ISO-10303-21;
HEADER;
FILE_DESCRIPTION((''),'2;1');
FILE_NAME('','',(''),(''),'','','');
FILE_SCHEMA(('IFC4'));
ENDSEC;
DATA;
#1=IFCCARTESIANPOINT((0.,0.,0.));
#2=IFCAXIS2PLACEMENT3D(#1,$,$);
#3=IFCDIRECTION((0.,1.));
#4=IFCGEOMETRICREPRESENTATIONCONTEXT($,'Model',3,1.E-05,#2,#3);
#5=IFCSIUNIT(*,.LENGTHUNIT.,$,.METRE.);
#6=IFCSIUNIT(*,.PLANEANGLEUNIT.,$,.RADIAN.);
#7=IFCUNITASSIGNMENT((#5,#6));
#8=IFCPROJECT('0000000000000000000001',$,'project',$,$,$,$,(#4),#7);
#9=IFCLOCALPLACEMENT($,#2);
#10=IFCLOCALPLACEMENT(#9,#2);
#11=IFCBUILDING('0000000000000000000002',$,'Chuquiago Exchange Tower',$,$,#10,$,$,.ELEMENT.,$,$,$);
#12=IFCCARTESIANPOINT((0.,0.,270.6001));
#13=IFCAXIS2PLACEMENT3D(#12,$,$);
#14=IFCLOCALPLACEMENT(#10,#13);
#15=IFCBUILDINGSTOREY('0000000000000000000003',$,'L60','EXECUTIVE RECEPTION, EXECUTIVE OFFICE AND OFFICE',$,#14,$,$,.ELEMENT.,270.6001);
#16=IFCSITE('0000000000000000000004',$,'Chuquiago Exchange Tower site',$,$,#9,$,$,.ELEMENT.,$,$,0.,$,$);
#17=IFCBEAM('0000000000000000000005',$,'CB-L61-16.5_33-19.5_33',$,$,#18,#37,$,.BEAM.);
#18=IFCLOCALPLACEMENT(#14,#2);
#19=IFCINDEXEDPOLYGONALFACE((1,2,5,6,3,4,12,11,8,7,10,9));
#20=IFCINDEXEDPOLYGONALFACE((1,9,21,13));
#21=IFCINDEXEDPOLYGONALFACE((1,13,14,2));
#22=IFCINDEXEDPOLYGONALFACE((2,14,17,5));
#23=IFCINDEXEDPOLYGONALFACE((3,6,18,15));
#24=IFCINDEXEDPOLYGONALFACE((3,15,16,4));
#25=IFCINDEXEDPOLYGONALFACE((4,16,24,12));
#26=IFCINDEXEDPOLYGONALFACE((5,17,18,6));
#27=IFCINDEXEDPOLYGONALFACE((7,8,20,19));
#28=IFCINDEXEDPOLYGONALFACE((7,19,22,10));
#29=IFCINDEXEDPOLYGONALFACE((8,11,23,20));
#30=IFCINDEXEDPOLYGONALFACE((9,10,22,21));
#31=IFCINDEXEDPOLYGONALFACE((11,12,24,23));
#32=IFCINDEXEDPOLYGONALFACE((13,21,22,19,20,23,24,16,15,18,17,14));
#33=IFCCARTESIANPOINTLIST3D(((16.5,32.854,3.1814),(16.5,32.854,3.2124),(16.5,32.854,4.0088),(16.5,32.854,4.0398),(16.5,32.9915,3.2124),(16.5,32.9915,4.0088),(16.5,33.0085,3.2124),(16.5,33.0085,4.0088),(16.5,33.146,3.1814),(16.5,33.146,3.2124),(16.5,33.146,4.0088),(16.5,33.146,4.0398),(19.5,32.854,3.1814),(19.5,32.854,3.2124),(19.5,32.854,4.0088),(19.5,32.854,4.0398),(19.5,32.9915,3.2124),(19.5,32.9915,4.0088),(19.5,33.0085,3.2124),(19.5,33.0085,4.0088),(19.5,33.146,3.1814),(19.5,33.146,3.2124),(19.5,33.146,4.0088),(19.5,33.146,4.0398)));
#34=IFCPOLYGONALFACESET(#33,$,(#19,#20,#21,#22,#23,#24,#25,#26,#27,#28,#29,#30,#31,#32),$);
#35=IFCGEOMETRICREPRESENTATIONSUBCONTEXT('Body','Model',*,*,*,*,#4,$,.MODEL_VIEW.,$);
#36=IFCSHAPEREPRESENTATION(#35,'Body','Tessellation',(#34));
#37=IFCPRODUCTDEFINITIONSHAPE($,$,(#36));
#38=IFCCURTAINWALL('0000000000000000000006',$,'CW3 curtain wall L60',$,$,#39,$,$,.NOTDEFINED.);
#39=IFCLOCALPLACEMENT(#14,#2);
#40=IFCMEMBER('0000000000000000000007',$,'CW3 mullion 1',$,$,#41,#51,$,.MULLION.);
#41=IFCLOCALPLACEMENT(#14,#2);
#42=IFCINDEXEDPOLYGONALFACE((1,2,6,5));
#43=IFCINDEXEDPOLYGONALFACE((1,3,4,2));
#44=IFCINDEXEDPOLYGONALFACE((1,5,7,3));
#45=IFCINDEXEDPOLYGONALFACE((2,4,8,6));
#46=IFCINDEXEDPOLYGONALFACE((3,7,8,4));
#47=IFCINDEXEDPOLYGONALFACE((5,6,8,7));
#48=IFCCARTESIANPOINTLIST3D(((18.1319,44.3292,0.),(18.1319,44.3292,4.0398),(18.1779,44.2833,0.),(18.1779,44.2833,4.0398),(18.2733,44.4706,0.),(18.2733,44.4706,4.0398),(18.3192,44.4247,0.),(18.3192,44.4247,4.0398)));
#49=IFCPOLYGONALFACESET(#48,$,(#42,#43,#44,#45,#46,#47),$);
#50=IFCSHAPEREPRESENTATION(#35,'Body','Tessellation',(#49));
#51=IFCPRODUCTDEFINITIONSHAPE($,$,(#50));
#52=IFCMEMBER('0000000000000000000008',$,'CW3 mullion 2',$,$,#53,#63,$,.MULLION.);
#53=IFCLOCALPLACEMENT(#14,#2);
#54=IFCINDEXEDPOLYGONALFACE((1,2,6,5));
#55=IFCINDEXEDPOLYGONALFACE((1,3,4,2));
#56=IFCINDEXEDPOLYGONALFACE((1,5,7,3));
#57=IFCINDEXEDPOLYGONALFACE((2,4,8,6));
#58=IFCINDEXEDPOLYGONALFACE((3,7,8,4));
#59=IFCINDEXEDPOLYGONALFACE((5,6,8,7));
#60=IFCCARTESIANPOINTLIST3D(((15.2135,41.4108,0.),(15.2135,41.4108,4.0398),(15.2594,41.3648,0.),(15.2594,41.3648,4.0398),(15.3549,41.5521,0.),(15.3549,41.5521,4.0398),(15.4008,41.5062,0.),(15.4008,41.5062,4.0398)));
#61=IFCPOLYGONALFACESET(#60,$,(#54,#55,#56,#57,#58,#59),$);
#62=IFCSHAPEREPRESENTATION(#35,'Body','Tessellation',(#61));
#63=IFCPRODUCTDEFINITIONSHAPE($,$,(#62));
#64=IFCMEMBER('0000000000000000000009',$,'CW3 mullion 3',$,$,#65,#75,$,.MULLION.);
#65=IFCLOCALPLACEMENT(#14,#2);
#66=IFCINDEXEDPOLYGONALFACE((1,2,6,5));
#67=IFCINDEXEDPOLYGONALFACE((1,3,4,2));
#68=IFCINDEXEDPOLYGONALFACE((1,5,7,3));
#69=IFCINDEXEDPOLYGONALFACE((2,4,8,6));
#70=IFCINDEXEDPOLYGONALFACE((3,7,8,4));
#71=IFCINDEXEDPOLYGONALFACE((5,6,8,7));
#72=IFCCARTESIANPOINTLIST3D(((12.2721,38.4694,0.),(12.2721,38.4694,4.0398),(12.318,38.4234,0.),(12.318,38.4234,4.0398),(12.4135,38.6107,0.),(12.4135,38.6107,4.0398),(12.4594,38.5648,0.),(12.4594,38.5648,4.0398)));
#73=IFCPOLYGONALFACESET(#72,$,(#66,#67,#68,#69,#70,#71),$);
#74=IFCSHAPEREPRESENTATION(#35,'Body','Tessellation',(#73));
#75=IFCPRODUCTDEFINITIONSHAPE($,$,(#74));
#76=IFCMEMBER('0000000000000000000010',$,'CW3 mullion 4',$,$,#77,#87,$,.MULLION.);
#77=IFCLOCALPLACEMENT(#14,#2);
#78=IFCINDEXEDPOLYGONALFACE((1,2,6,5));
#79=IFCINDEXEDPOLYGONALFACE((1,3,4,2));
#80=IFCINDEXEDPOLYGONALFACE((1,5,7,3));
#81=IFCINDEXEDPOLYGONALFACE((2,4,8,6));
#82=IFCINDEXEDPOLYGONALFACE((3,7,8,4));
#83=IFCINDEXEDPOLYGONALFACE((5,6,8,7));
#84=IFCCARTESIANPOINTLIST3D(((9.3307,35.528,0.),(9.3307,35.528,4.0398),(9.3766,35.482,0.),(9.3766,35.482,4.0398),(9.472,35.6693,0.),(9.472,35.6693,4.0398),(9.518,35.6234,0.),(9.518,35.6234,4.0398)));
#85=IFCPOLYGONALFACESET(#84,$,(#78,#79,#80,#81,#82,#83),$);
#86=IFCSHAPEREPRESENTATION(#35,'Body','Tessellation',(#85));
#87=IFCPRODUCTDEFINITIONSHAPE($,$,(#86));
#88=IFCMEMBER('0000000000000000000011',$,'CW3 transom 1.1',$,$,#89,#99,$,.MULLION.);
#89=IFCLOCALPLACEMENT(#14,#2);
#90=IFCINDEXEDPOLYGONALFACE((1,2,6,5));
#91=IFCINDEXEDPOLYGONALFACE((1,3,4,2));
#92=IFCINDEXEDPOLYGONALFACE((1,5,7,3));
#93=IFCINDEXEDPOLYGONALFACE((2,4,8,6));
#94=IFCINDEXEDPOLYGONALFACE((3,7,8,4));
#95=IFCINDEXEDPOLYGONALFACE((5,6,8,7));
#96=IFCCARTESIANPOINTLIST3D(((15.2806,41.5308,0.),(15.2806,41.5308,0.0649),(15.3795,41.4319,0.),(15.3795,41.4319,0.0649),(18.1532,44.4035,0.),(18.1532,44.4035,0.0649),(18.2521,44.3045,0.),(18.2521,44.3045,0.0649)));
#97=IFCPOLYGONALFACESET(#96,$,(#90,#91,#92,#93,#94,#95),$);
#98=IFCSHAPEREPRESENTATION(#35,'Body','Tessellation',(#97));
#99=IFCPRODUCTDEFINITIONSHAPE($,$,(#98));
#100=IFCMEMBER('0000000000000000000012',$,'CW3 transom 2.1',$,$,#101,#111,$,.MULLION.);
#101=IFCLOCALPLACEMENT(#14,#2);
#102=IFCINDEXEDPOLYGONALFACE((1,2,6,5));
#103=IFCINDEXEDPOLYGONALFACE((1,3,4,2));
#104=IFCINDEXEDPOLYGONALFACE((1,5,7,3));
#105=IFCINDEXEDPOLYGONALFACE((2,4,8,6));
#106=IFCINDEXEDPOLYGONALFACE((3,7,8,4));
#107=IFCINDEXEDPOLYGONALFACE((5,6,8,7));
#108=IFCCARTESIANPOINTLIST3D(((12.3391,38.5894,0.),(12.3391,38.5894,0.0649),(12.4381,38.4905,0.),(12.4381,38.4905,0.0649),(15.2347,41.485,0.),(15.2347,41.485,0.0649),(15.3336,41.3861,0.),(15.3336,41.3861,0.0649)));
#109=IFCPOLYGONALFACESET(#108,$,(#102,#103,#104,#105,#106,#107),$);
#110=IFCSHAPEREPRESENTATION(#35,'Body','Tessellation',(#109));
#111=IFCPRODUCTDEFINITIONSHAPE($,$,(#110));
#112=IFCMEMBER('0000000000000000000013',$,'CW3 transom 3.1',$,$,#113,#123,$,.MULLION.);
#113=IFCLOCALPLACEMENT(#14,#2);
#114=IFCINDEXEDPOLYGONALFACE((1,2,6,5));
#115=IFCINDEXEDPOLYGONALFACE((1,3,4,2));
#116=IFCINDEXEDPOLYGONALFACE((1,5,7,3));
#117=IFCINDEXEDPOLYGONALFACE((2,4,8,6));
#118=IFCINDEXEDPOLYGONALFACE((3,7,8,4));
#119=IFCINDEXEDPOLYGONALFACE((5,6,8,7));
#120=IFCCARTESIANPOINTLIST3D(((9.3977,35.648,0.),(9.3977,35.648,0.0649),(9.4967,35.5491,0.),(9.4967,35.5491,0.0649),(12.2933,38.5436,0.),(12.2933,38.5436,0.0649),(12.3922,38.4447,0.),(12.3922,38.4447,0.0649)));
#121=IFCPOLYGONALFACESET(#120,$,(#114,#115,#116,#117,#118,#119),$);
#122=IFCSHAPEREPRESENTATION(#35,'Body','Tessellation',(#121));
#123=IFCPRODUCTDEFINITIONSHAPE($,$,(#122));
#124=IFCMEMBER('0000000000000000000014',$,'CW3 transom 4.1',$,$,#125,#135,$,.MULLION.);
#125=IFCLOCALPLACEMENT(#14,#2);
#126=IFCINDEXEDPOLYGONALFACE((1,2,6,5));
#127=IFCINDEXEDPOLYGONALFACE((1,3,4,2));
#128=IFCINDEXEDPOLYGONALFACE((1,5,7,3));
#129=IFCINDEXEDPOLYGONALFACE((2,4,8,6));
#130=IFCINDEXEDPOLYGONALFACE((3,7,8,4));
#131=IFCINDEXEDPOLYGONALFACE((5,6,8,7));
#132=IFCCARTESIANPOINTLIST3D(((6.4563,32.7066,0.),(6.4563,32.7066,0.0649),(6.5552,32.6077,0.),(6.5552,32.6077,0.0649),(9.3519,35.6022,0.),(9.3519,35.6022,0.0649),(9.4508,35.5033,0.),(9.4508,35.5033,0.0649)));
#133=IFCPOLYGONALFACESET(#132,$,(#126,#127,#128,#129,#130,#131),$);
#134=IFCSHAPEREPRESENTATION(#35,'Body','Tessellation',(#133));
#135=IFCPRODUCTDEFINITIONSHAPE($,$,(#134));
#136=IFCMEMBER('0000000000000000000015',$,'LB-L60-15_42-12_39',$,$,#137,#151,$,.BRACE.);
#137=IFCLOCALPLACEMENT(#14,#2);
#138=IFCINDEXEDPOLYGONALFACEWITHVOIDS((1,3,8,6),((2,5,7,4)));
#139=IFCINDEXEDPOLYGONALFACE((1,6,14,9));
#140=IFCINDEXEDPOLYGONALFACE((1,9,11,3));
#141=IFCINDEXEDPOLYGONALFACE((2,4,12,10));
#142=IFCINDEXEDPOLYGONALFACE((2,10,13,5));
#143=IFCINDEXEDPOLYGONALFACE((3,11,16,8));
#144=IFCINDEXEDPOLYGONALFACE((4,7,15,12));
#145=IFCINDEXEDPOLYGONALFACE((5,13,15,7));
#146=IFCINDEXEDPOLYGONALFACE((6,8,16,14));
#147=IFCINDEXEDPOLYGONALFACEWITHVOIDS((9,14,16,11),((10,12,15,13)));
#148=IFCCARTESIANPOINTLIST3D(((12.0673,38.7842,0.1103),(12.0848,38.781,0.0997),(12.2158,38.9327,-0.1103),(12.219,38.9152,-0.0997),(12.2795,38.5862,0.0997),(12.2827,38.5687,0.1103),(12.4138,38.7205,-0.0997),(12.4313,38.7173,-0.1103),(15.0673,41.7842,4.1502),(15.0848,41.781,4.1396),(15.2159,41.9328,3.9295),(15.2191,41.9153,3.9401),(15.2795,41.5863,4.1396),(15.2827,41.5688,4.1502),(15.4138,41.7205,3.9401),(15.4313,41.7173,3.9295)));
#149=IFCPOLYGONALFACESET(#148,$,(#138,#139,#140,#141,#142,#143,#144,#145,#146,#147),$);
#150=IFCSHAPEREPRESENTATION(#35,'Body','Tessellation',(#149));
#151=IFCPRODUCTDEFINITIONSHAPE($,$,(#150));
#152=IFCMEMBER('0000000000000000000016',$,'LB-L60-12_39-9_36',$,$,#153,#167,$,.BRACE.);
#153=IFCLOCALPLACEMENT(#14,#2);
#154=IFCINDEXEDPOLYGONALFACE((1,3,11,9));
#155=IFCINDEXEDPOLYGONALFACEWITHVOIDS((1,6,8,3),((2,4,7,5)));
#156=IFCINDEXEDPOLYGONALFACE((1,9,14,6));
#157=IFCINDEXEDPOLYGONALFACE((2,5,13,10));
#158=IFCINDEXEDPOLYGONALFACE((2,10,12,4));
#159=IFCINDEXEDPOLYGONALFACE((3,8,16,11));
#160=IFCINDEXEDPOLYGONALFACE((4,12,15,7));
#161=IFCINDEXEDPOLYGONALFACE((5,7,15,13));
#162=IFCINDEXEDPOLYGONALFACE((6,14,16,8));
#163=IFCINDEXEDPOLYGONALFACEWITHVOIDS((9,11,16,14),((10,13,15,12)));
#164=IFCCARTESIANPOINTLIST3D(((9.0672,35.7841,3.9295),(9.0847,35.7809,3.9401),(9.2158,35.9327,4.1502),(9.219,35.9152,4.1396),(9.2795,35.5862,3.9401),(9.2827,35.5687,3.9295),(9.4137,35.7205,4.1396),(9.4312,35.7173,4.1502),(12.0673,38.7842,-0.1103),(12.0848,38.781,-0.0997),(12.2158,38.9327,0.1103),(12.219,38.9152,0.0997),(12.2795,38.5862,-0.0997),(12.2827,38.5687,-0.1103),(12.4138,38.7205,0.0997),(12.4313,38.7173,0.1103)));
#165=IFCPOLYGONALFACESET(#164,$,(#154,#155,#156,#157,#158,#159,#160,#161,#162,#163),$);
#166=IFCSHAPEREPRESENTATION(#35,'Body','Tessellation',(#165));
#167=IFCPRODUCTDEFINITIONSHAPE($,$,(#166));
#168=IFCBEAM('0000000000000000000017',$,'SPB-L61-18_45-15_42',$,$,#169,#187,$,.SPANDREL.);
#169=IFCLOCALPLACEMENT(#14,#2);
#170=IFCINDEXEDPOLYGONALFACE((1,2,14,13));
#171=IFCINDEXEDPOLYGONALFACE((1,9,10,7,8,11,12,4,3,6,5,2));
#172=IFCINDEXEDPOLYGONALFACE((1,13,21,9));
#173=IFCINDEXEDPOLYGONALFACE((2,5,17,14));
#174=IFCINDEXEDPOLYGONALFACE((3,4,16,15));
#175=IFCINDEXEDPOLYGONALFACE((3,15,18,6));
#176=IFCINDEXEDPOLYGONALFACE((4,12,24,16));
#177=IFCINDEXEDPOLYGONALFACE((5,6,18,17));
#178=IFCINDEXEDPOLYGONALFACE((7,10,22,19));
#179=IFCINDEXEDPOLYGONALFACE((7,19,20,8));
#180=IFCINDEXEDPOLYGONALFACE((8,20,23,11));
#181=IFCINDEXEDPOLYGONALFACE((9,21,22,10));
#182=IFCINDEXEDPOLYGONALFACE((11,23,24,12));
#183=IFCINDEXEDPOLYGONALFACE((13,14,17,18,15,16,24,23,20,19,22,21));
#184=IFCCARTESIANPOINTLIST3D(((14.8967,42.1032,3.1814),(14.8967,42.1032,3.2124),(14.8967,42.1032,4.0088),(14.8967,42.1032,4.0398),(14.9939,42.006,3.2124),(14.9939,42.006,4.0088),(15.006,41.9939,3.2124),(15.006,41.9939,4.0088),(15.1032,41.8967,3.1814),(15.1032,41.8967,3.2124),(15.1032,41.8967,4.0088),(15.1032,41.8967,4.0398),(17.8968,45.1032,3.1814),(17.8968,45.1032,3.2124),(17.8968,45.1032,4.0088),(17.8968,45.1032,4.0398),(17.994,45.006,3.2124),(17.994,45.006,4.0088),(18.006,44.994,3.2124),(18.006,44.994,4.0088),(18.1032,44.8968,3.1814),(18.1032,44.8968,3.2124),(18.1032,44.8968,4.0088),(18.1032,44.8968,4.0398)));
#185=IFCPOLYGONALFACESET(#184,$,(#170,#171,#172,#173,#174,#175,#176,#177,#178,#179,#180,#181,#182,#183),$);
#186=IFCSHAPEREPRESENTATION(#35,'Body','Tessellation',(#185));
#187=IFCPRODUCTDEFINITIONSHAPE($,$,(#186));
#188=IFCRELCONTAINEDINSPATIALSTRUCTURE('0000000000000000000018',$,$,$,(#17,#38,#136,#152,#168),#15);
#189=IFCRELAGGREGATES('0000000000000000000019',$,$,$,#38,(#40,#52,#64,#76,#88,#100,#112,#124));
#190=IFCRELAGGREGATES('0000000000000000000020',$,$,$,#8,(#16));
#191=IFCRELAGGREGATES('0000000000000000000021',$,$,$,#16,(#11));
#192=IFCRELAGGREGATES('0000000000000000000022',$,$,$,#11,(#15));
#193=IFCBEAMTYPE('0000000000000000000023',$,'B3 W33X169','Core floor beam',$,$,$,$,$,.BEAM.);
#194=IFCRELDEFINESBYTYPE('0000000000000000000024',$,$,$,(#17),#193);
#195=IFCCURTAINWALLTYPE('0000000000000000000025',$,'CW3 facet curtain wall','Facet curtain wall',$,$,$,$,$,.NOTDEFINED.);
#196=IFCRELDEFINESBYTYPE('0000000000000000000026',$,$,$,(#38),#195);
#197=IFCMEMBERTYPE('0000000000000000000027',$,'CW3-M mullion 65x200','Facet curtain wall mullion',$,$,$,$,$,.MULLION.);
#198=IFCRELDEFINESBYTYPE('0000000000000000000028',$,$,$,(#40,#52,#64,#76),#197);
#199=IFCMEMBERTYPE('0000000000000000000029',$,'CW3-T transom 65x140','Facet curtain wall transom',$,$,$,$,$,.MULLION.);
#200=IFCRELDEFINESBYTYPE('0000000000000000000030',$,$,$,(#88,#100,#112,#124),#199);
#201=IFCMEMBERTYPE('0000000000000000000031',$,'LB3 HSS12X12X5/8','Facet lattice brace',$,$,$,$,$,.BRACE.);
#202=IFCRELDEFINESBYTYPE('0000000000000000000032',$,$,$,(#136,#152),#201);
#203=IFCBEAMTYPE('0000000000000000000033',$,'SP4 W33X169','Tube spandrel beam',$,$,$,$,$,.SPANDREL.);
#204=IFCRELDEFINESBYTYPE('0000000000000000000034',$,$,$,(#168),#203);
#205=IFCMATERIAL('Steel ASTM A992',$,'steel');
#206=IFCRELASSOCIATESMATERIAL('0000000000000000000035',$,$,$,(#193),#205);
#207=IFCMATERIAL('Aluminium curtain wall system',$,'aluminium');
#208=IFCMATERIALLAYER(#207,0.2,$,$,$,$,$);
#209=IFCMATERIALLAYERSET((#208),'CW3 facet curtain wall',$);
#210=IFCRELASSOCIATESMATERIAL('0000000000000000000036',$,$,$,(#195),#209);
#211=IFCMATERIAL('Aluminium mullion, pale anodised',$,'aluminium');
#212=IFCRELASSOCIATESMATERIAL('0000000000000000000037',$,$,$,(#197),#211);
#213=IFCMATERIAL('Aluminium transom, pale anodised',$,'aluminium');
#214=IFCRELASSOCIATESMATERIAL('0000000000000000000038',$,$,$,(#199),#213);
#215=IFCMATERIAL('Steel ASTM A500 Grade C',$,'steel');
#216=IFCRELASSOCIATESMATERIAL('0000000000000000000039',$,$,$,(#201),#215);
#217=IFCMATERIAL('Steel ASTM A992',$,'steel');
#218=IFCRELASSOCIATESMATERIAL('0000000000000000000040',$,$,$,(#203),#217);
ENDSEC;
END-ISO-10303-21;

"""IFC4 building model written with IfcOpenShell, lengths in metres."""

from ifc_helpers import new_model, si_unit, direction, frame, origin, origin_2d, place, context, subcontext, project, spatial, rectangle, hollow_rectangle, i_section, extrude, material, layer, layer_set, material_profile, profile_set, type_object, element, aggregate, save


model = new_model("IFC4")

# Units and contexts
model_context = context("Model", 3, precision=1e-05, world=origin(), true_north=direction((0.0, 1.0)))
body_context = subcontext(model_context, "Body", "Model", "MODEL_VIEW")
ifc_project = project(units=[si_unit("LENGTHUNIT", "METRE"), si_unit("PLANEANGLEUNIT", "RADIAN")], contexts=[model_context])

# Site, building, storey
site_placement = place(None, origin())
site = spatial("IfcSite", under=ifc_project, at=site_placement, Name="Chuquiago Exchange Tower site", CompositionType="ELEMENT", RefElevation=0.0)
building_placement = place(site_placement, origin())
building = spatial("IfcBuilding", under=site, at=building_placement, Name="Chuquiago Exchange Tower", CompositionType="ELEMENT")
storey_placement = place(building_placement, frame((0.0, 0.0, 270.6001)))
storey = spatial("IfcBuildingStorey", under=building, at=storey_placement, Name="L60", Description="EXECUTIVE RECEPTION, EXECUTIVE OFFICE AND OFFICE", CompositionType="ELEMENT", Elevation=270.6001)

# Beam
ifc_material_1 = material(Name="Steel ASTM A992", Category="steel")
ifc_material_profile_1 = material_profile(ifc_material_1, i_section(OverallWidth=0.292, OverallDepth=0.8584, WebThickness=0.0171, FlangeThickness=0.031, at=origin_2d()), Name="W33X169")
ifc_profile_set_1 = profile_set([ifc_material_profile_1], Name="Steel ASTM A992")
beam_type_1 = type_object("IfcBeamType", Name="B3 W33X169", Description="Core floor beam", PredefinedType="BEAM", material=ifc_profile_set_1)
beam_1_placement = place(storey_placement, frame((16.5, 33.0, 3.6106), z_axis=(1.0, 0.0, 0.0), x_axis=(0.0, 1.0, 0.0)))
element("IfcBeam", 1, at=beam_1_placement, inside=storey, type_object=beam_type_1, Name="CB-L61-16.5_33-19.5_33", PredefinedType="BEAM", context=body_context, shape_type="SweptSolid", body=[
    extrude(i_section(OverallWidth=0.292, OverallDepth=0.8584, WebThickness=0.0171, FlangeThickness=0.031, at=origin_2d()), origin(), (0.0, 0.0, 1.0), 3.0),
])

# Curtain wall, members
ifc_material_2 = material(Name="Aluminium curtain wall system", Category="aluminium")
ifc_layer_1 = layer(ifc_material_2, 0.2)
ifc_layer_set_1 = layer_set([ifc_layer_1], Name="CW3 facet curtain wall")
curtain_wall_type = type_object("IfcCurtainWallType", Name="CW3 facet curtain wall", Description="Facet curtain wall", PredefinedType="NOTDEFINED", material=ifc_layer_set_1)
curtain_wall_placement = place(storey_placement, origin())
curtain_wall = element("IfcCurtainWall", 2, at=curtain_wall_placement, inside=storey, type_object=curtain_wall_type, Name="CW3 curtain wall L60", PredefinedType="NOTDEFINED")
ifc_material_3 = material(Name="Aluminium mullion, pale anodised", Category="aluminium")
ifc_material_profile_2 = material_profile(ifc_material_3, rectangle(XDim=0.0649, YDim=0.2, at=origin_2d()), Name="AL 65x200")
ifc_profile_set_2 = profile_set([ifc_material_profile_2], Name="Aluminium mullion, pale anodised")
member_type_1 = type_object("IfcMemberType", Name="CW3-M mullion 65x200", Description="Facet curtain wall mullion", PredefinedType="MULLION", material=ifc_profile_set_2)
member_1_placement = place(storey_placement, frame((18.2256, 44.377, 0.0), z_axis=(0.0, 0.0, 1.0), x_axis=(0.707107, -0.707107, 0.0)))
member_1 = element("IfcMember", 3, at=member_1_placement, type_object=member_type_1, Name="CW3 mullion 1", PredefinedType="MULLION", context=body_context, shape_type="SweptSolid", body=[
    extrude(rectangle(XDim=0.0649, YDim=0.2, at=origin_2d()), origin(), (0.0, 0.0, 1.0), 4.0398),
])
member_2_placement = place(storey_placement, frame((15.3071, 41.4585, 0.0), z_axis=(0.0, 0.0, 1.0), x_axis=(0.707107, -0.707107, 0.0)))
member_2 = element("IfcMember", 4, at=member_2_placement, type_object=member_type_1, Name="CW3 mullion 2", PredefinedType="MULLION", context=body_context, shape_type="SweptSolid", body=[
    extrude(rectangle(XDim=0.0649, YDim=0.2, at=origin_2d()), origin(), (0.0, 0.0, 1.0), 4.0398),
])
member_3_placement = place(storey_placement, frame((12.3657, 38.5171, 0.0), z_axis=(0.0, 0.0, 1.0), x_axis=(0.707107, -0.707107, 0.0)))
member_3 = element("IfcMember", 5, at=member_3_placement, type_object=member_type_1, Name="CW3 mullion 3", PredefinedType="MULLION", context=body_context, shape_type="SweptSolid", body=[
    extrude(rectangle(XDim=0.0649, YDim=0.2, at=origin_2d()), origin(), (0.0, 0.0, 1.0), 4.0398),
])
member_4_placement = place(storey_placement, frame((9.4243, 35.5757, 0.0), z_axis=(0.0, 0.0, 1.0), x_axis=(0.707107, -0.707107, 0.0)))
member_4 = element("IfcMember", 6, at=member_4_placement, type_object=member_type_1, Name="CW3 mullion 4", PredefinedType="MULLION", context=body_context, shape_type="SweptSolid", body=[
    extrude(rectangle(XDim=0.0649, YDim=0.2, at=origin_2d()), origin(), (0.0, 0.0, 1.0), 4.0398),
])
ifc_material_4 = material(Name="Aluminium transom, pale anodised", Category="aluminium")
ifc_material_profile_3 = material_profile(ifc_material_4, rectangle(XDim=0.1399, YDim=0.0649, at=origin_2d()), Name="AL 140x65")
ifc_profile_set_3 = profile_set([ifc_material_profile_3], Name="Aluminium transom, pale anodised")
member_type_2 = type_object("IfcMemberType", Name="CW3-T transom 65x140", Description="Facet curtain wall transom", PredefinedType="MULLION", material=ifc_profile_set_3)
member_5_placement = place(storey_placement, frame((18.2026, 44.354, 0.0325), z_axis=(-0.707107, -0.707107, 0.0), x_axis=(0.707107, -0.707107, 0.0)))
member_5 = element("IfcMember", 7, at=member_5_placement, type_object=member_type_2, Name="CW3 transom 1.1", PredefinedType="MULLION", context=body_context, shape_type="SweptSolid", body=[
    extrude(rectangle(XDim=0.1399, YDim=0.0649, at=origin_2d()), origin(), (0.0, 0.0, 1.0), 4.0625),
])
member_6_placement = place(storey_placement, frame((15.2842, 41.4355, 0.0325), z_axis=(-0.707107, -0.707107, 0.0), x_axis=(0.707107, -0.707107, 0.0)))
member_6 = element("IfcMember", 8, at=member_6_placement, type_object=member_type_2, Name="CW3 transom 2.1", PredefinedType="MULLION", context=body_context, shape_type="SweptSolid", body=[
    extrude(rectangle(XDim=0.1399, YDim=0.0649, at=origin_2d()), origin(), (0.0, 0.0, 1.0), 4.095),
])
member_7_placement = place(storey_placement, frame((12.3428, 38.4941, 0.0325), z_axis=(-0.707107, -0.707107, 0.0), x_axis=(0.707107, -0.707107, 0.0)))
member_7 = element("IfcMember", 9, at=member_7_placement, type_object=member_type_2, Name="CW3 transom 3.1", PredefinedType="MULLION", context=body_context, shape_type="SweptSolid", body=[
    extrude(rectangle(XDim=0.1399, YDim=0.0649, at=origin_2d()), origin(), (0.0, 0.0, 1.0), 4.095),
])
member_8_placement = place(storey_placement, frame((9.4014, 35.5527, 0.0325), z_axis=(-0.707107, -0.707107, 0.0), x_axis=(0.707107, -0.707107, 0.0)))
member_8 = element("IfcMember", 10, at=member_8_placement, type_object=member_type_2, Name="CW3 transom 4.1", PredefinedType="MULLION", context=body_context, shape_type="SweptSolid", body=[
    extrude(rectangle(XDim=0.1399, YDim=0.0649, at=origin_2d()), origin(), (0.0, 0.0, 1.0), 4.095),
])

# Members
ifc_material_5 = material(Name="Steel ASTM A500 Grade C", Category="steel")
ifc_material_profile_4 = material_profile(ifc_material_5, hollow_rectangle(XDim=0.3047, YDim=0.3047, WallThickness=0.0146, at=origin_2d()), Name="HSS12X12X5/8")
ifc_profile_set_4 = profile_set([ifc_material_profile_4], Name="Steel ASTM A500 Grade C")
member_type_3 = type_object("IfcMemberType", Name="LB3 HSS12X12X5/8", Description="Facet lattice brace", PredefinedType="BRACE", material=ifc_profile_set_4)
for number, where, z_axis, x_axis, name in (
    (11, (12.2493, 38.7507, 0.0), (0.512092, 0.512092, 0.689582), (-0.707107, 0.707107, 0.0), "LB-L60-15_42-12_39"),
    (12, (12.2493, 38.7507, 0.0), (-0.512092, -0.512092, 0.689582), (0.707107, -0.707107, 0.0), "LB-L60-12_39-9_36"),
):
    element("IfcMember", number, at=place(storey_placement, frame(where, z_axis=z_axis, x_axis=x_axis)), inside=storey, type_object=member_type_3, Name=name, PredefinedType="BRACE", context=body_context, shape_type="SweptSolid", body=[
        extrude(hollow_rectangle(XDim=0.3047, YDim=0.3047, WallThickness=0.0146, at=origin_2d()), origin(), (0.0, 0.0, 1.0), 5.8584),
    ])

# Beam
ifc_material_6 = material(Name="Steel ASTM A992", Category="steel")
ifc_material_profile_5 = material_profile(ifc_material_6, i_section(OverallWidth=0.292, OverallDepth=0.8584, WebThickness=0.0171, FlangeThickness=0.031, at=origin_2d()), Name="W33X169")
ifc_profile_set_5 = profile_set([ifc_material_profile_5], Name="Steel ASTM A992")
beam_type_2 = type_object("IfcBeamType", Name="SP4 W33X169", Description="Tube spandrel beam", PredefinedType="SPANDREL", material=ifc_profile_set_5)
for number, where, z_axis, x_axis, name in (
    (13, (18.0, 45.0, 3.6106), (-0.707107, -0.707107, 0.0), (0.707107, -0.707107, 0.0), "SPB-L61-18_45-15_42"),
):
    element("IfcBeam", number, at=place(storey_placement, frame(where, z_axis=z_axis, x_axis=x_axis)), inside=storey, type_object=beam_type_2, Name=name, PredefinedType="SPANDREL", context=body_context, shape_type="SweptSolid", body=[
        extrude(i_section(OverallWidth=0.292, OverallDepth=0.8584, WebThickness=0.0171, FlangeThickness=0.031, at=origin_2d()), origin(), (0.0, 0.0, 1.0), 4.2427),
    ])

aggregate(curtain_wall, [member_1, member_2, member_3, member_4, member_5, member_6, member_7, member_8])

save(model, "model.ifc")
